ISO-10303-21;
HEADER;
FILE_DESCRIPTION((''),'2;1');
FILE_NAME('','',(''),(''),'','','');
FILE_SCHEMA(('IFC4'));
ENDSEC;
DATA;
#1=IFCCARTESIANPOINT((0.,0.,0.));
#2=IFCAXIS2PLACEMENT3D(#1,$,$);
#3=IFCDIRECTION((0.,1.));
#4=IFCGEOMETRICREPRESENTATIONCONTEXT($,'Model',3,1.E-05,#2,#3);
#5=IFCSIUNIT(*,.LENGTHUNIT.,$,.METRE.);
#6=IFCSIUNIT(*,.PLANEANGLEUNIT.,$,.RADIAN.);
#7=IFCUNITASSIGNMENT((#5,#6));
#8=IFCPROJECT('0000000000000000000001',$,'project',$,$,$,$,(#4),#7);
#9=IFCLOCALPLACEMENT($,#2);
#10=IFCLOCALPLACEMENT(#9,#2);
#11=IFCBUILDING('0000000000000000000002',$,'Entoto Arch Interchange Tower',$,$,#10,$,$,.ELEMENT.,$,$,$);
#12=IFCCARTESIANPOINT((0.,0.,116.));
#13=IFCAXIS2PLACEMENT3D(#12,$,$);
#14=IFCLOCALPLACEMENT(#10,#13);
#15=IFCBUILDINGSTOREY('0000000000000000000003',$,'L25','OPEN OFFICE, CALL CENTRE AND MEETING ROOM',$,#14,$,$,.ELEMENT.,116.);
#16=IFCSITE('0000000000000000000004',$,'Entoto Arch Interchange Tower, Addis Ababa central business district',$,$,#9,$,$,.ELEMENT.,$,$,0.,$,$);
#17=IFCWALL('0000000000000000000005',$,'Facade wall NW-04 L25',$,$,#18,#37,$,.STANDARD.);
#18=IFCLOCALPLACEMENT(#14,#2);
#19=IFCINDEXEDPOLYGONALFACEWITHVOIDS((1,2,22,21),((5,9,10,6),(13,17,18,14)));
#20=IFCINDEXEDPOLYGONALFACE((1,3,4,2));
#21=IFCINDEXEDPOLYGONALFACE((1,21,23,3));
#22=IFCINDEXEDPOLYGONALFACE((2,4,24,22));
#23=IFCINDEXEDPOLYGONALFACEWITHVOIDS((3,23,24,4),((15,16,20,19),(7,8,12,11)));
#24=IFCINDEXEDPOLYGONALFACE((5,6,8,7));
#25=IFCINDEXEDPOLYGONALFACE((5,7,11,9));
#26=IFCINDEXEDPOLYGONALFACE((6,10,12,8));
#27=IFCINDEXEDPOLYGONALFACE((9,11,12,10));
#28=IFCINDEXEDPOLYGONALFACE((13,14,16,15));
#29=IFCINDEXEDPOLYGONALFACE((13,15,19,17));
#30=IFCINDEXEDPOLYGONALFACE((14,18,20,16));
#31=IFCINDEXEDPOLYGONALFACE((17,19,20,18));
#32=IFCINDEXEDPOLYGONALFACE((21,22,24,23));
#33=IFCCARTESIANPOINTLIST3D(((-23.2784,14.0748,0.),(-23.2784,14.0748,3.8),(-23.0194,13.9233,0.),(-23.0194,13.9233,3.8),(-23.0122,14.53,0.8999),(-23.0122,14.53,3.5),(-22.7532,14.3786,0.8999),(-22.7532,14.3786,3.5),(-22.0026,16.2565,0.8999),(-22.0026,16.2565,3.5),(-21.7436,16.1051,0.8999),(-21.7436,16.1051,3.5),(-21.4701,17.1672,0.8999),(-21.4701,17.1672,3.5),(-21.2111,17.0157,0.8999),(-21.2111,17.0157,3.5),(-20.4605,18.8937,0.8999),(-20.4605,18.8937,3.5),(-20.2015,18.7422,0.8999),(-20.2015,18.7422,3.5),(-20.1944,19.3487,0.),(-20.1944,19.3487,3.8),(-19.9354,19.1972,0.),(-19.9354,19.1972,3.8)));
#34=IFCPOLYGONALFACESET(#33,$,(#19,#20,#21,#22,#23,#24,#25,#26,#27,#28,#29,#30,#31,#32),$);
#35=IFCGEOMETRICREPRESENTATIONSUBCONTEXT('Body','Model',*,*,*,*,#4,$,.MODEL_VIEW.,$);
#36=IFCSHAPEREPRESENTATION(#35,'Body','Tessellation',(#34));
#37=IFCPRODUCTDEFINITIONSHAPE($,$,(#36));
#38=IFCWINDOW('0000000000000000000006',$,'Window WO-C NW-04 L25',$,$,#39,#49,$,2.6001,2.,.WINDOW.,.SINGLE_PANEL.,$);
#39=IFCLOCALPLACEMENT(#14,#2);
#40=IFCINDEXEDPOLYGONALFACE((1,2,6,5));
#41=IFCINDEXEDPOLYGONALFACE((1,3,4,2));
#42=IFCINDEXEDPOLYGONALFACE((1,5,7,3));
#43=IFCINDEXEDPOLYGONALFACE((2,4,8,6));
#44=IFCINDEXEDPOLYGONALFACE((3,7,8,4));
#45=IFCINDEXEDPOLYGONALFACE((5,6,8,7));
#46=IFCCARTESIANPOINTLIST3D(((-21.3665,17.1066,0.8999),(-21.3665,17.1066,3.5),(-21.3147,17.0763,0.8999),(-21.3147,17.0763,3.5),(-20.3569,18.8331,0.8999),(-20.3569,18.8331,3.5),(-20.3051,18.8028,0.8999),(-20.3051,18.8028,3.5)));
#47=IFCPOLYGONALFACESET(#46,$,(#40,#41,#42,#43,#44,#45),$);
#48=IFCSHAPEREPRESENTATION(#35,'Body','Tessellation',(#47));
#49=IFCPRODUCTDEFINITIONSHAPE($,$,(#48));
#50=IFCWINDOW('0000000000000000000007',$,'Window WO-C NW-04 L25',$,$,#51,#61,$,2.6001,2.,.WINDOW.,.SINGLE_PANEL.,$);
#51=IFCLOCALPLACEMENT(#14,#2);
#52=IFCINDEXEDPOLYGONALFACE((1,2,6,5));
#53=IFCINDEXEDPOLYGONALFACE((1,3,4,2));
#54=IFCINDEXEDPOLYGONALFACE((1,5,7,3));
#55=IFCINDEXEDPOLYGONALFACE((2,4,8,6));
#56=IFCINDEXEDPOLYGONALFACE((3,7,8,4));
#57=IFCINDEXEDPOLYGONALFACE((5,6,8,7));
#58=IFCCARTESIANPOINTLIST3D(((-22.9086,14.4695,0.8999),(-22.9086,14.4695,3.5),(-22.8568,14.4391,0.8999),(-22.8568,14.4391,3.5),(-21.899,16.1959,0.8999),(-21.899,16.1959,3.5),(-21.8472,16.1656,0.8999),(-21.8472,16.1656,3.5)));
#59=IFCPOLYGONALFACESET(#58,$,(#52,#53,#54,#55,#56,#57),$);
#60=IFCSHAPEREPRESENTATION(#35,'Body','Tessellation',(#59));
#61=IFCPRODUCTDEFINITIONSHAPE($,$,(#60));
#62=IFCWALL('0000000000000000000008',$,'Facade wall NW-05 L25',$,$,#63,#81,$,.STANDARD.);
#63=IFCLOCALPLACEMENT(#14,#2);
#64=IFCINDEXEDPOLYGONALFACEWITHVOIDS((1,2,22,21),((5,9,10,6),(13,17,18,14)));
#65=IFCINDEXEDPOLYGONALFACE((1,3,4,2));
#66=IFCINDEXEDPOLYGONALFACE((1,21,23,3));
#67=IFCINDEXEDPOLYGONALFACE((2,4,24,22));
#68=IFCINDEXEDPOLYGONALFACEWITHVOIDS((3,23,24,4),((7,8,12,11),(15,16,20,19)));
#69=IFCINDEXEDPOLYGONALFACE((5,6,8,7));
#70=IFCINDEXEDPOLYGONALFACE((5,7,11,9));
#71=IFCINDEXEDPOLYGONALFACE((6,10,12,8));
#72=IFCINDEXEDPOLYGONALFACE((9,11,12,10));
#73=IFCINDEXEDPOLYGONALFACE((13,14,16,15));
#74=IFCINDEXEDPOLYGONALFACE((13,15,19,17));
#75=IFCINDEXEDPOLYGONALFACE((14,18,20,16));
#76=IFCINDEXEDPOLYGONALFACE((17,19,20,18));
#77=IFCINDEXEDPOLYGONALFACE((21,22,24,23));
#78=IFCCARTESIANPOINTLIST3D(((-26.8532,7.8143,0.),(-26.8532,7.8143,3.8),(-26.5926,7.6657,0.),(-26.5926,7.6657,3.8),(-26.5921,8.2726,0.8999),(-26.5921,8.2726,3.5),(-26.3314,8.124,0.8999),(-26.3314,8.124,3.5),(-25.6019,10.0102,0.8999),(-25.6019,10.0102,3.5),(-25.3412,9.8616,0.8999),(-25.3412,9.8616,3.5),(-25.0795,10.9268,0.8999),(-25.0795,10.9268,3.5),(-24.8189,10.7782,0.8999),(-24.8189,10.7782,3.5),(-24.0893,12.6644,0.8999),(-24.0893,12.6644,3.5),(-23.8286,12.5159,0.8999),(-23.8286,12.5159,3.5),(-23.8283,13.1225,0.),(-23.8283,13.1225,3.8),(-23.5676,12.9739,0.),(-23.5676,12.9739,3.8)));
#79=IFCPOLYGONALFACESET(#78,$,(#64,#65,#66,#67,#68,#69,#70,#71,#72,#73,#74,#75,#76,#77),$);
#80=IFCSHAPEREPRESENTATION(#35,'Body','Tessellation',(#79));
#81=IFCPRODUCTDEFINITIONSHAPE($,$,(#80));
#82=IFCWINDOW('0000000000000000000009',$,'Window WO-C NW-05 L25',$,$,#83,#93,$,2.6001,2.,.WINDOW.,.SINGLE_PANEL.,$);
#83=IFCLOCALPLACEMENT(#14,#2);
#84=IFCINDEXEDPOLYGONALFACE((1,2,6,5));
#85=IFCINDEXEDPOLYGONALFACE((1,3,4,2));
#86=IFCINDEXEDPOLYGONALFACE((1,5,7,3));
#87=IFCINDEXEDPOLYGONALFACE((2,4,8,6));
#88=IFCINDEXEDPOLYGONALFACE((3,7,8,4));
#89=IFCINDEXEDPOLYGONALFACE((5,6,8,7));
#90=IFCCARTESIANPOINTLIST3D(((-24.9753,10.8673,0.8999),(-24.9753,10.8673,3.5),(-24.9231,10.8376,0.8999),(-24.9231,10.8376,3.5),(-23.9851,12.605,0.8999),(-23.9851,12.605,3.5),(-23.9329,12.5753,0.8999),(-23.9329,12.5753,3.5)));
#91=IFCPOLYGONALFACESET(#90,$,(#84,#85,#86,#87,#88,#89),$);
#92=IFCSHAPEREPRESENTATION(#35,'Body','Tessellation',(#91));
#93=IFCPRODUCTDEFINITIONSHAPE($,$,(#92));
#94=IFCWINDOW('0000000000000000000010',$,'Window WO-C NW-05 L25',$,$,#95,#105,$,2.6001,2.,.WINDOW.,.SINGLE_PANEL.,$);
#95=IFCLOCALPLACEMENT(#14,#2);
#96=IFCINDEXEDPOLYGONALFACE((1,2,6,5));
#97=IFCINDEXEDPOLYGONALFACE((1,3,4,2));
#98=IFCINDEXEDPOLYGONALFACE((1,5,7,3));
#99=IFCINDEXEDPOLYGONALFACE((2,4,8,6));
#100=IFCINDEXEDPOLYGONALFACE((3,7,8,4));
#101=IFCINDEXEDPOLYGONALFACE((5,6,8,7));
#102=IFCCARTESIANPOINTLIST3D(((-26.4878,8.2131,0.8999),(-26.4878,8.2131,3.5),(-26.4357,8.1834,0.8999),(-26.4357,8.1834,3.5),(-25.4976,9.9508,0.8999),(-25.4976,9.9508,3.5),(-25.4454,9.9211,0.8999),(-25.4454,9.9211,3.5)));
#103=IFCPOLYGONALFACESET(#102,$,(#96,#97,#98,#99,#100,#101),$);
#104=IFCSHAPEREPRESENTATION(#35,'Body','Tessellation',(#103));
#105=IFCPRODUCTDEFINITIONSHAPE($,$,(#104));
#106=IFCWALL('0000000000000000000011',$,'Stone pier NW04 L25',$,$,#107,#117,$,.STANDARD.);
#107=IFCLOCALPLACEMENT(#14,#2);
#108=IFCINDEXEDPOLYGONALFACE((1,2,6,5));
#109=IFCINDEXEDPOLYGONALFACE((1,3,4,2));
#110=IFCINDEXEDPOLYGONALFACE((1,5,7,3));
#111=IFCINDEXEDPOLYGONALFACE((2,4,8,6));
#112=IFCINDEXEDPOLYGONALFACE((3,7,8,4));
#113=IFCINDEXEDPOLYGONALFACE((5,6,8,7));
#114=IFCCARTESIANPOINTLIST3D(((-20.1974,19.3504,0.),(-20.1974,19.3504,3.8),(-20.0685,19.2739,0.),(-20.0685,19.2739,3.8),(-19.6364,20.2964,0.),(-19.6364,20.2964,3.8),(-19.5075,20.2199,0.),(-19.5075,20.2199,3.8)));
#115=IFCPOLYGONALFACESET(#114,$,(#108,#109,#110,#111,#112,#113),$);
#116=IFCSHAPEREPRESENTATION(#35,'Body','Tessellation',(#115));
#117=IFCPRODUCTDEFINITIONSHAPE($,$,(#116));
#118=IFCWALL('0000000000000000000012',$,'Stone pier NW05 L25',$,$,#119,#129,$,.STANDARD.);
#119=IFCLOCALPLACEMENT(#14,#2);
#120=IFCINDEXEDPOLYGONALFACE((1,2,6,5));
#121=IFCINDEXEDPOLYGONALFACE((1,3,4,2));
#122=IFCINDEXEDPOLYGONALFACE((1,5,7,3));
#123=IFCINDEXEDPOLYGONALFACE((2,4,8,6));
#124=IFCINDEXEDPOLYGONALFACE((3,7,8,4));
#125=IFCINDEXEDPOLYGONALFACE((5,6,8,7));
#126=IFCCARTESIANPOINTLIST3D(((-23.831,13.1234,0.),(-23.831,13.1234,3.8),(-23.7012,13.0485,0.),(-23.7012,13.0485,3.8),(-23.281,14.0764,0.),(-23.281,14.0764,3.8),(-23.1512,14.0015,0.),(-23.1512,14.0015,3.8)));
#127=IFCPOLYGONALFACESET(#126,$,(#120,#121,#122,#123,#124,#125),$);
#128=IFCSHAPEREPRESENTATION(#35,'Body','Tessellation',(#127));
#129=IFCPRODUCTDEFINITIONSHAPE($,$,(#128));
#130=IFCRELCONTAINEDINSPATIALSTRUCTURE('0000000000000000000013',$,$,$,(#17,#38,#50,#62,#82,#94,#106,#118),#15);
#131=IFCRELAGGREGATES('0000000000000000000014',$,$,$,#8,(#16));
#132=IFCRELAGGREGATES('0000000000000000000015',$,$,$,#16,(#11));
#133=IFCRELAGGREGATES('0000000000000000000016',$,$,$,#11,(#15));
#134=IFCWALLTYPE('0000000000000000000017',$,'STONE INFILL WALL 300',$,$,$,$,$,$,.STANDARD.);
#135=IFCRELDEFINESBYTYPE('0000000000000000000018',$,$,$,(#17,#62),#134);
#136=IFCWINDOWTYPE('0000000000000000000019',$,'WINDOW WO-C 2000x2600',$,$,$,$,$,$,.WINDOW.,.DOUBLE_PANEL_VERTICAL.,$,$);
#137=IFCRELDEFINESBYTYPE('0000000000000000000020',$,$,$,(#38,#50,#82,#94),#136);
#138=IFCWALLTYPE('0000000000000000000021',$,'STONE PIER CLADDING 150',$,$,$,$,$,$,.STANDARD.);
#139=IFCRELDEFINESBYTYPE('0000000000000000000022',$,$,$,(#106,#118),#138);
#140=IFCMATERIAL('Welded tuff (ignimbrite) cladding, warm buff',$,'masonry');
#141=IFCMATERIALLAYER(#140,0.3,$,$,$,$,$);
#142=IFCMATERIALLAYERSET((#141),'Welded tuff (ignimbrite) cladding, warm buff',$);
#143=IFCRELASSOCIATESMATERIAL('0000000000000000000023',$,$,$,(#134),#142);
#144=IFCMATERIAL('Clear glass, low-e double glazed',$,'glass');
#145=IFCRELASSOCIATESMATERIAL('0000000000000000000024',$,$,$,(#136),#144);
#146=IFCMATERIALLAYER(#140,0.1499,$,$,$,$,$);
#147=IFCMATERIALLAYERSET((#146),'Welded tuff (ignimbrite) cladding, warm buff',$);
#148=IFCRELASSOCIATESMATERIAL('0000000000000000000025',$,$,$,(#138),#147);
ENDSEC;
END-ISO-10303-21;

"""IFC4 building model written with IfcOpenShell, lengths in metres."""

from ifc_helpers import new_model, si_unit, direction, frame, frame_2d, origin, place, context, subcontext, project, spatial, rectangle, extrude, material, layer, layer_set, type_object, element, fill, save


model = new_model("IFC4")

# Units and contexts
model_context = context("Model", 3, precision=1e-05, world=origin(), true_north=direction((0.0, 1.0)))
body_context = subcontext(model_context, "Body", "Model", "MODEL_VIEW")
ifc_project = project(units=[si_unit("LENGTHUNIT", "METRE"), si_unit("PLANEANGLEUNIT", "RADIAN")], contexts=[model_context])

# Site, building, storey
site_placement = place(None, origin())
site = spatial("IfcSite", under=ifc_project, at=site_placement, Name="Entoto Arch Interchange Tower, Addis Ababa central business district", CompositionType="ELEMENT", RefElevation=0.0)
building_placement = place(site_placement, origin())
building = spatial("IfcBuilding", under=site, at=building_placement, Name="Entoto Arch Interchange Tower", CompositionType="ELEMENT")
storey_placement = place(building_placement, frame((0.0, 0.0, 116.0)))
storey = spatial("IfcBuildingStorey", under=building, at=storey_placement, Name="L25", Description="OPEN OFFICE, CALL CENTRE AND MEETING ROOM", CompositionType="ELEMENT", Elevation=116.0)

# Walls, openings, windows
ifc_material_1 = material(Name="Welded tuff (ignimbrite) cladding, warm buff", Category="masonry")
ifc_layer_1 = layer(ifc_material_1, 0.3)
ifc_layer_set_1 = layer_set([ifc_layer_1], Name="Welded tuff (ignimbrite) cladding, warm buff")
wall_type_1 = type_object("IfcWallType", Name="STONE INFILL WALL 300", PredefinedType="STANDARD", material=ifc_layer_set_1)
wall_1_placement = place(storey_placement, frame((-20.0649, 19.2729, 0.0), z_axis=(0.0, 0.0, 1.0), x_axis=(-0.50479, -0.863242, 0.0)))
wall_1 = element("IfcWall", 1, at=wall_1_placement, inside=storey, type_object=wall_type_1, Name="Facade wall NW-04 L25", PredefinedType="STANDARD", context=body_context, shape_type="SweptSolid", body=[
    extrude(rectangle(XDim=6.1094, YDim=0.3, at=frame_2d((3.0547, 0.0))), origin(), (0.0, 0.0, 1.0), 3.8),
])
opening_1_placement = place(wall_1_placement, frame((0.5271, 0.0, 0.8999)))
opening_1 = element("IfcOpeningElement", 2, at=opening_1_placement, cuts=wall_1, PredefinedType="OPENING", context=body_context, shape_type="SweptSolid", body=[
    extrude(rectangle(XDim=2.0, YDim=2.6001, at=frame_2d((1.0, 1.3))), frame((0.0, 0.1602, 0.0), z_axis=(0.0, -1.0, 0.0), x_axis=(1.0, 0.0, 0.0)), (0.0, 0.0, 1.0), 0.3201),
])
opening_2_placement = place(wall_1_placement, frame((3.582, 0.0, 0.8999)))
opening_2 = element("IfcOpeningElement", 3, at=opening_2_placement, cuts=wall_1, PredefinedType="OPENING", context=body_context, shape_type="SweptSolid", body=[
    extrude(rectangle(XDim=2.0, YDim=2.6001, at=frame_2d((1.0, 1.3))), frame((0.0, 0.1602, 0.0), z_axis=(0.0, -1.0, 0.0), x_axis=(1.0, 0.0, 0.0)), (0.0, 0.0, 1.0), 0.3201),
])
ifc_material_2 = material(Name="Clear glass, low-e double glazed", Category="glass")
window_type = type_object("IfcWindowType", Name="WINDOW WO-C 2000x2600", PartitioningType="DOUBLE_PANEL_VERTICAL", PredefinedType="WINDOW", material=ifc_material_2)
window_1_placement = place(opening_1_placement, origin())
window_1 = element("IfcWindow", 4, at=window_1_placement, inside=storey, type_object=window_type, Name="Window WO-C NW-04 L25", OverallHeight=2.6001, OverallWidth=2.0, PartitioningType="SINGLE_PANEL", PredefinedType="WINDOW", context=body_context, shape_type="SweptSolid", body=[
    extrude(rectangle(XDim=2.0, YDim=2.6001, at=frame_2d((1.0, 1.3))), frame((0.0, 0.03, 0.0), z_axis=(0.0, -1.0, 0.0), x_axis=(1.0, 0.0, 0.0)), (0.0, 0.0, 1.0), 0.0601),
])
fill(opening_1, window_1)
window_2_placement = place(opening_2_placement, origin())
window_2 = element("IfcWindow", 5, at=window_2_placement, inside=storey, type_object=window_type, Name="Window WO-C NW-04 L25", OverallHeight=2.6001, OverallWidth=2.0, PartitioningType="SINGLE_PANEL", PredefinedType="WINDOW", context=body_context, shape_type="SweptSolid", body=[
    extrude(rectangle(XDim=2.0, YDim=2.6001, at=frame_2d((1.0, 1.3))), frame((0.0, 0.03, 0.0), z_axis=(0.0, -1.0, 0.0), x_axis=(1.0, 0.0, 0.0)), (0.0, 0.0, 1.0), 0.0601),
])
fill(opening_2, window_2)
wall_2_placement = place(storey_placement, frame((-23.698, 13.0481, 0.0), z_axis=(0.0, 0.0, 1.0), x_axis=(-0.495114, -0.868828, 0.0)))
wall_2 = element("IfcWall", 6, at=wall_2_placement, inside=storey, type_object=wall_type_1, Name="Facade wall NW-05 L25", PredefinedType="STANDARD", context=body_context, shape_type="SweptSolid", body=[
    extrude(rectangle(XDim=6.1096, YDim=0.3, at=frame_2d((3.0547, 0.0))), origin(), (0.0, 0.0, 1.0), 3.8),
])
opening_3_placement = place(wall_2_placement, frame((0.5271, 0.0, 0.8999)))
opening_3 = element("IfcOpeningElement", 7, at=opening_3_placement, cuts=wall_2, PredefinedType="OPENING", context=body_context, shape_type="SweptSolid", body=[
    extrude(rectangle(XDim=2.0, YDim=2.6001, at=frame_2d((1.0, 1.3))), frame((0.0, 0.1602, 0.0), z_axis=(0.0, -1.0, 0.0), x_axis=(1.0, 0.0, 0.0)), (0.0, 0.0, 1.0), 0.3201),
])
opening_4_placement = place(wall_2_placement, frame((3.582, 0.0, 0.8999)))
opening_4 = element("IfcOpeningElement", 8, at=opening_4_placement, cuts=wall_2, PredefinedType="OPENING", context=body_context, shape_type="SweptSolid", body=[
    extrude(rectangle(XDim=2.0, YDim=2.6001, at=frame_2d((1.0, 1.3))), frame((0.0, 0.1602, 0.0), z_axis=(0.0, -1.0, 0.0), x_axis=(1.0, 0.0, 0.0)), (0.0, 0.0, 1.0), 0.3201),
])
window_3_placement = place(opening_3_placement, origin())
window_3 = element("IfcWindow", 9, at=window_3_placement, inside=storey, type_object=window_type, Name="Window WO-C NW-05 L25", OverallHeight=2.6001, OverallWidth=2.0, PartitioningType="SINGLE_PANEL", PredefinedType="WINDOW", context=body_context, shape_type="SweptSolid", body=[
    extrude(rectangle(XDim=2.0, YDim=2.6001, at=frame_2d((1.0, 1.3))), frame((0.0, 0.03, 0.0), z_axis=(0.0, -1.0, 0.0), x_axis=(1.0, 0.0, 0.0)), (0.0, 0.0, 1.0), 0.0601),
])
fill(opening_3, window_3)
window_4_placement = place(opening_4_placement, origin())
window_4 = element("IfcWindow", 10, at=window_4_placement, inside=storey, type_object=window_type, Name="Window WO-C NW-05 L25", OverallHeight=2.6001, OverallWidth=2.0, PartitioningType="SINGLE_PANEL", PredefinedType="WINDOW", context=body_context, shape_type="SweptSolid", body=[
    extrude(rectangle(XDim=2.0, YDim=2.6001, at=frame_2d((1.0, 1.3))), frame((0.0, 0.03, 0.0), z_axis=(0.0, -1.0, 0.0), x_axis=(1.0, 0.0, 0.0)), (0.0, 0.0, 1.0), 0.0601),
])
fill(opening_4, window_4)

# Walls
ifc_layer_2 = layer(ifc_material_1, 0.1499)
ifc_layer_set_2 = layer_set([ifc_layer_2], Name="Welded tuff (ignimbrite) cladding, warm buff")
wall_type_2 = type_object("IfcWallType", Name="STONE PIER CLADDING 150", PredefinedType="STANDARD", material=ifc_layer_set_2)
wall_3_placement = place(storey_placement, frame((-19.572, 20.2581, 0.0), z_axis=(0.0, 0.0, 1.0), x_axis=(-0.510082, -0.860126, 0.0)))
element("IfcWall", 11, at=wall_3_placement, inside=storey, type_object=wall_type_2, Name="Stone pier NW04 L25", PredefinedType="STANDARD", context=body_context, shape_type="SweptSolid", body=[
    extrude(rectangle(XDim=1.0999, YDim=0.1499, at=frame_2d((0.5498, 0.0))), origin(), (0.0, 0.0, 1.0), 3.8),
])
wall_4_placement = place(storey_placement, frame((-23.2161, 14.0391, 0.0), z_axis=(0.0, 0.0, 1.0), x_axis=(-0.499838, -0.866119, 0.0)))
element("IfcWall", 12, at=wall_4_placement, inside=storey, type_object=wall_type_2, Name="Stone pier NW05 L25", PredefinedType="STANDARD", context=body_context, shape_type="SweptSolid", body=[
    extrude(rectangle(XDim=1.1003, YDim=0.1499, at=frame_2d((0.5503, 0.0))), origin(), (0.0, 0.0, 1.0), 3.8),
])

save(model, "model.ifc")
